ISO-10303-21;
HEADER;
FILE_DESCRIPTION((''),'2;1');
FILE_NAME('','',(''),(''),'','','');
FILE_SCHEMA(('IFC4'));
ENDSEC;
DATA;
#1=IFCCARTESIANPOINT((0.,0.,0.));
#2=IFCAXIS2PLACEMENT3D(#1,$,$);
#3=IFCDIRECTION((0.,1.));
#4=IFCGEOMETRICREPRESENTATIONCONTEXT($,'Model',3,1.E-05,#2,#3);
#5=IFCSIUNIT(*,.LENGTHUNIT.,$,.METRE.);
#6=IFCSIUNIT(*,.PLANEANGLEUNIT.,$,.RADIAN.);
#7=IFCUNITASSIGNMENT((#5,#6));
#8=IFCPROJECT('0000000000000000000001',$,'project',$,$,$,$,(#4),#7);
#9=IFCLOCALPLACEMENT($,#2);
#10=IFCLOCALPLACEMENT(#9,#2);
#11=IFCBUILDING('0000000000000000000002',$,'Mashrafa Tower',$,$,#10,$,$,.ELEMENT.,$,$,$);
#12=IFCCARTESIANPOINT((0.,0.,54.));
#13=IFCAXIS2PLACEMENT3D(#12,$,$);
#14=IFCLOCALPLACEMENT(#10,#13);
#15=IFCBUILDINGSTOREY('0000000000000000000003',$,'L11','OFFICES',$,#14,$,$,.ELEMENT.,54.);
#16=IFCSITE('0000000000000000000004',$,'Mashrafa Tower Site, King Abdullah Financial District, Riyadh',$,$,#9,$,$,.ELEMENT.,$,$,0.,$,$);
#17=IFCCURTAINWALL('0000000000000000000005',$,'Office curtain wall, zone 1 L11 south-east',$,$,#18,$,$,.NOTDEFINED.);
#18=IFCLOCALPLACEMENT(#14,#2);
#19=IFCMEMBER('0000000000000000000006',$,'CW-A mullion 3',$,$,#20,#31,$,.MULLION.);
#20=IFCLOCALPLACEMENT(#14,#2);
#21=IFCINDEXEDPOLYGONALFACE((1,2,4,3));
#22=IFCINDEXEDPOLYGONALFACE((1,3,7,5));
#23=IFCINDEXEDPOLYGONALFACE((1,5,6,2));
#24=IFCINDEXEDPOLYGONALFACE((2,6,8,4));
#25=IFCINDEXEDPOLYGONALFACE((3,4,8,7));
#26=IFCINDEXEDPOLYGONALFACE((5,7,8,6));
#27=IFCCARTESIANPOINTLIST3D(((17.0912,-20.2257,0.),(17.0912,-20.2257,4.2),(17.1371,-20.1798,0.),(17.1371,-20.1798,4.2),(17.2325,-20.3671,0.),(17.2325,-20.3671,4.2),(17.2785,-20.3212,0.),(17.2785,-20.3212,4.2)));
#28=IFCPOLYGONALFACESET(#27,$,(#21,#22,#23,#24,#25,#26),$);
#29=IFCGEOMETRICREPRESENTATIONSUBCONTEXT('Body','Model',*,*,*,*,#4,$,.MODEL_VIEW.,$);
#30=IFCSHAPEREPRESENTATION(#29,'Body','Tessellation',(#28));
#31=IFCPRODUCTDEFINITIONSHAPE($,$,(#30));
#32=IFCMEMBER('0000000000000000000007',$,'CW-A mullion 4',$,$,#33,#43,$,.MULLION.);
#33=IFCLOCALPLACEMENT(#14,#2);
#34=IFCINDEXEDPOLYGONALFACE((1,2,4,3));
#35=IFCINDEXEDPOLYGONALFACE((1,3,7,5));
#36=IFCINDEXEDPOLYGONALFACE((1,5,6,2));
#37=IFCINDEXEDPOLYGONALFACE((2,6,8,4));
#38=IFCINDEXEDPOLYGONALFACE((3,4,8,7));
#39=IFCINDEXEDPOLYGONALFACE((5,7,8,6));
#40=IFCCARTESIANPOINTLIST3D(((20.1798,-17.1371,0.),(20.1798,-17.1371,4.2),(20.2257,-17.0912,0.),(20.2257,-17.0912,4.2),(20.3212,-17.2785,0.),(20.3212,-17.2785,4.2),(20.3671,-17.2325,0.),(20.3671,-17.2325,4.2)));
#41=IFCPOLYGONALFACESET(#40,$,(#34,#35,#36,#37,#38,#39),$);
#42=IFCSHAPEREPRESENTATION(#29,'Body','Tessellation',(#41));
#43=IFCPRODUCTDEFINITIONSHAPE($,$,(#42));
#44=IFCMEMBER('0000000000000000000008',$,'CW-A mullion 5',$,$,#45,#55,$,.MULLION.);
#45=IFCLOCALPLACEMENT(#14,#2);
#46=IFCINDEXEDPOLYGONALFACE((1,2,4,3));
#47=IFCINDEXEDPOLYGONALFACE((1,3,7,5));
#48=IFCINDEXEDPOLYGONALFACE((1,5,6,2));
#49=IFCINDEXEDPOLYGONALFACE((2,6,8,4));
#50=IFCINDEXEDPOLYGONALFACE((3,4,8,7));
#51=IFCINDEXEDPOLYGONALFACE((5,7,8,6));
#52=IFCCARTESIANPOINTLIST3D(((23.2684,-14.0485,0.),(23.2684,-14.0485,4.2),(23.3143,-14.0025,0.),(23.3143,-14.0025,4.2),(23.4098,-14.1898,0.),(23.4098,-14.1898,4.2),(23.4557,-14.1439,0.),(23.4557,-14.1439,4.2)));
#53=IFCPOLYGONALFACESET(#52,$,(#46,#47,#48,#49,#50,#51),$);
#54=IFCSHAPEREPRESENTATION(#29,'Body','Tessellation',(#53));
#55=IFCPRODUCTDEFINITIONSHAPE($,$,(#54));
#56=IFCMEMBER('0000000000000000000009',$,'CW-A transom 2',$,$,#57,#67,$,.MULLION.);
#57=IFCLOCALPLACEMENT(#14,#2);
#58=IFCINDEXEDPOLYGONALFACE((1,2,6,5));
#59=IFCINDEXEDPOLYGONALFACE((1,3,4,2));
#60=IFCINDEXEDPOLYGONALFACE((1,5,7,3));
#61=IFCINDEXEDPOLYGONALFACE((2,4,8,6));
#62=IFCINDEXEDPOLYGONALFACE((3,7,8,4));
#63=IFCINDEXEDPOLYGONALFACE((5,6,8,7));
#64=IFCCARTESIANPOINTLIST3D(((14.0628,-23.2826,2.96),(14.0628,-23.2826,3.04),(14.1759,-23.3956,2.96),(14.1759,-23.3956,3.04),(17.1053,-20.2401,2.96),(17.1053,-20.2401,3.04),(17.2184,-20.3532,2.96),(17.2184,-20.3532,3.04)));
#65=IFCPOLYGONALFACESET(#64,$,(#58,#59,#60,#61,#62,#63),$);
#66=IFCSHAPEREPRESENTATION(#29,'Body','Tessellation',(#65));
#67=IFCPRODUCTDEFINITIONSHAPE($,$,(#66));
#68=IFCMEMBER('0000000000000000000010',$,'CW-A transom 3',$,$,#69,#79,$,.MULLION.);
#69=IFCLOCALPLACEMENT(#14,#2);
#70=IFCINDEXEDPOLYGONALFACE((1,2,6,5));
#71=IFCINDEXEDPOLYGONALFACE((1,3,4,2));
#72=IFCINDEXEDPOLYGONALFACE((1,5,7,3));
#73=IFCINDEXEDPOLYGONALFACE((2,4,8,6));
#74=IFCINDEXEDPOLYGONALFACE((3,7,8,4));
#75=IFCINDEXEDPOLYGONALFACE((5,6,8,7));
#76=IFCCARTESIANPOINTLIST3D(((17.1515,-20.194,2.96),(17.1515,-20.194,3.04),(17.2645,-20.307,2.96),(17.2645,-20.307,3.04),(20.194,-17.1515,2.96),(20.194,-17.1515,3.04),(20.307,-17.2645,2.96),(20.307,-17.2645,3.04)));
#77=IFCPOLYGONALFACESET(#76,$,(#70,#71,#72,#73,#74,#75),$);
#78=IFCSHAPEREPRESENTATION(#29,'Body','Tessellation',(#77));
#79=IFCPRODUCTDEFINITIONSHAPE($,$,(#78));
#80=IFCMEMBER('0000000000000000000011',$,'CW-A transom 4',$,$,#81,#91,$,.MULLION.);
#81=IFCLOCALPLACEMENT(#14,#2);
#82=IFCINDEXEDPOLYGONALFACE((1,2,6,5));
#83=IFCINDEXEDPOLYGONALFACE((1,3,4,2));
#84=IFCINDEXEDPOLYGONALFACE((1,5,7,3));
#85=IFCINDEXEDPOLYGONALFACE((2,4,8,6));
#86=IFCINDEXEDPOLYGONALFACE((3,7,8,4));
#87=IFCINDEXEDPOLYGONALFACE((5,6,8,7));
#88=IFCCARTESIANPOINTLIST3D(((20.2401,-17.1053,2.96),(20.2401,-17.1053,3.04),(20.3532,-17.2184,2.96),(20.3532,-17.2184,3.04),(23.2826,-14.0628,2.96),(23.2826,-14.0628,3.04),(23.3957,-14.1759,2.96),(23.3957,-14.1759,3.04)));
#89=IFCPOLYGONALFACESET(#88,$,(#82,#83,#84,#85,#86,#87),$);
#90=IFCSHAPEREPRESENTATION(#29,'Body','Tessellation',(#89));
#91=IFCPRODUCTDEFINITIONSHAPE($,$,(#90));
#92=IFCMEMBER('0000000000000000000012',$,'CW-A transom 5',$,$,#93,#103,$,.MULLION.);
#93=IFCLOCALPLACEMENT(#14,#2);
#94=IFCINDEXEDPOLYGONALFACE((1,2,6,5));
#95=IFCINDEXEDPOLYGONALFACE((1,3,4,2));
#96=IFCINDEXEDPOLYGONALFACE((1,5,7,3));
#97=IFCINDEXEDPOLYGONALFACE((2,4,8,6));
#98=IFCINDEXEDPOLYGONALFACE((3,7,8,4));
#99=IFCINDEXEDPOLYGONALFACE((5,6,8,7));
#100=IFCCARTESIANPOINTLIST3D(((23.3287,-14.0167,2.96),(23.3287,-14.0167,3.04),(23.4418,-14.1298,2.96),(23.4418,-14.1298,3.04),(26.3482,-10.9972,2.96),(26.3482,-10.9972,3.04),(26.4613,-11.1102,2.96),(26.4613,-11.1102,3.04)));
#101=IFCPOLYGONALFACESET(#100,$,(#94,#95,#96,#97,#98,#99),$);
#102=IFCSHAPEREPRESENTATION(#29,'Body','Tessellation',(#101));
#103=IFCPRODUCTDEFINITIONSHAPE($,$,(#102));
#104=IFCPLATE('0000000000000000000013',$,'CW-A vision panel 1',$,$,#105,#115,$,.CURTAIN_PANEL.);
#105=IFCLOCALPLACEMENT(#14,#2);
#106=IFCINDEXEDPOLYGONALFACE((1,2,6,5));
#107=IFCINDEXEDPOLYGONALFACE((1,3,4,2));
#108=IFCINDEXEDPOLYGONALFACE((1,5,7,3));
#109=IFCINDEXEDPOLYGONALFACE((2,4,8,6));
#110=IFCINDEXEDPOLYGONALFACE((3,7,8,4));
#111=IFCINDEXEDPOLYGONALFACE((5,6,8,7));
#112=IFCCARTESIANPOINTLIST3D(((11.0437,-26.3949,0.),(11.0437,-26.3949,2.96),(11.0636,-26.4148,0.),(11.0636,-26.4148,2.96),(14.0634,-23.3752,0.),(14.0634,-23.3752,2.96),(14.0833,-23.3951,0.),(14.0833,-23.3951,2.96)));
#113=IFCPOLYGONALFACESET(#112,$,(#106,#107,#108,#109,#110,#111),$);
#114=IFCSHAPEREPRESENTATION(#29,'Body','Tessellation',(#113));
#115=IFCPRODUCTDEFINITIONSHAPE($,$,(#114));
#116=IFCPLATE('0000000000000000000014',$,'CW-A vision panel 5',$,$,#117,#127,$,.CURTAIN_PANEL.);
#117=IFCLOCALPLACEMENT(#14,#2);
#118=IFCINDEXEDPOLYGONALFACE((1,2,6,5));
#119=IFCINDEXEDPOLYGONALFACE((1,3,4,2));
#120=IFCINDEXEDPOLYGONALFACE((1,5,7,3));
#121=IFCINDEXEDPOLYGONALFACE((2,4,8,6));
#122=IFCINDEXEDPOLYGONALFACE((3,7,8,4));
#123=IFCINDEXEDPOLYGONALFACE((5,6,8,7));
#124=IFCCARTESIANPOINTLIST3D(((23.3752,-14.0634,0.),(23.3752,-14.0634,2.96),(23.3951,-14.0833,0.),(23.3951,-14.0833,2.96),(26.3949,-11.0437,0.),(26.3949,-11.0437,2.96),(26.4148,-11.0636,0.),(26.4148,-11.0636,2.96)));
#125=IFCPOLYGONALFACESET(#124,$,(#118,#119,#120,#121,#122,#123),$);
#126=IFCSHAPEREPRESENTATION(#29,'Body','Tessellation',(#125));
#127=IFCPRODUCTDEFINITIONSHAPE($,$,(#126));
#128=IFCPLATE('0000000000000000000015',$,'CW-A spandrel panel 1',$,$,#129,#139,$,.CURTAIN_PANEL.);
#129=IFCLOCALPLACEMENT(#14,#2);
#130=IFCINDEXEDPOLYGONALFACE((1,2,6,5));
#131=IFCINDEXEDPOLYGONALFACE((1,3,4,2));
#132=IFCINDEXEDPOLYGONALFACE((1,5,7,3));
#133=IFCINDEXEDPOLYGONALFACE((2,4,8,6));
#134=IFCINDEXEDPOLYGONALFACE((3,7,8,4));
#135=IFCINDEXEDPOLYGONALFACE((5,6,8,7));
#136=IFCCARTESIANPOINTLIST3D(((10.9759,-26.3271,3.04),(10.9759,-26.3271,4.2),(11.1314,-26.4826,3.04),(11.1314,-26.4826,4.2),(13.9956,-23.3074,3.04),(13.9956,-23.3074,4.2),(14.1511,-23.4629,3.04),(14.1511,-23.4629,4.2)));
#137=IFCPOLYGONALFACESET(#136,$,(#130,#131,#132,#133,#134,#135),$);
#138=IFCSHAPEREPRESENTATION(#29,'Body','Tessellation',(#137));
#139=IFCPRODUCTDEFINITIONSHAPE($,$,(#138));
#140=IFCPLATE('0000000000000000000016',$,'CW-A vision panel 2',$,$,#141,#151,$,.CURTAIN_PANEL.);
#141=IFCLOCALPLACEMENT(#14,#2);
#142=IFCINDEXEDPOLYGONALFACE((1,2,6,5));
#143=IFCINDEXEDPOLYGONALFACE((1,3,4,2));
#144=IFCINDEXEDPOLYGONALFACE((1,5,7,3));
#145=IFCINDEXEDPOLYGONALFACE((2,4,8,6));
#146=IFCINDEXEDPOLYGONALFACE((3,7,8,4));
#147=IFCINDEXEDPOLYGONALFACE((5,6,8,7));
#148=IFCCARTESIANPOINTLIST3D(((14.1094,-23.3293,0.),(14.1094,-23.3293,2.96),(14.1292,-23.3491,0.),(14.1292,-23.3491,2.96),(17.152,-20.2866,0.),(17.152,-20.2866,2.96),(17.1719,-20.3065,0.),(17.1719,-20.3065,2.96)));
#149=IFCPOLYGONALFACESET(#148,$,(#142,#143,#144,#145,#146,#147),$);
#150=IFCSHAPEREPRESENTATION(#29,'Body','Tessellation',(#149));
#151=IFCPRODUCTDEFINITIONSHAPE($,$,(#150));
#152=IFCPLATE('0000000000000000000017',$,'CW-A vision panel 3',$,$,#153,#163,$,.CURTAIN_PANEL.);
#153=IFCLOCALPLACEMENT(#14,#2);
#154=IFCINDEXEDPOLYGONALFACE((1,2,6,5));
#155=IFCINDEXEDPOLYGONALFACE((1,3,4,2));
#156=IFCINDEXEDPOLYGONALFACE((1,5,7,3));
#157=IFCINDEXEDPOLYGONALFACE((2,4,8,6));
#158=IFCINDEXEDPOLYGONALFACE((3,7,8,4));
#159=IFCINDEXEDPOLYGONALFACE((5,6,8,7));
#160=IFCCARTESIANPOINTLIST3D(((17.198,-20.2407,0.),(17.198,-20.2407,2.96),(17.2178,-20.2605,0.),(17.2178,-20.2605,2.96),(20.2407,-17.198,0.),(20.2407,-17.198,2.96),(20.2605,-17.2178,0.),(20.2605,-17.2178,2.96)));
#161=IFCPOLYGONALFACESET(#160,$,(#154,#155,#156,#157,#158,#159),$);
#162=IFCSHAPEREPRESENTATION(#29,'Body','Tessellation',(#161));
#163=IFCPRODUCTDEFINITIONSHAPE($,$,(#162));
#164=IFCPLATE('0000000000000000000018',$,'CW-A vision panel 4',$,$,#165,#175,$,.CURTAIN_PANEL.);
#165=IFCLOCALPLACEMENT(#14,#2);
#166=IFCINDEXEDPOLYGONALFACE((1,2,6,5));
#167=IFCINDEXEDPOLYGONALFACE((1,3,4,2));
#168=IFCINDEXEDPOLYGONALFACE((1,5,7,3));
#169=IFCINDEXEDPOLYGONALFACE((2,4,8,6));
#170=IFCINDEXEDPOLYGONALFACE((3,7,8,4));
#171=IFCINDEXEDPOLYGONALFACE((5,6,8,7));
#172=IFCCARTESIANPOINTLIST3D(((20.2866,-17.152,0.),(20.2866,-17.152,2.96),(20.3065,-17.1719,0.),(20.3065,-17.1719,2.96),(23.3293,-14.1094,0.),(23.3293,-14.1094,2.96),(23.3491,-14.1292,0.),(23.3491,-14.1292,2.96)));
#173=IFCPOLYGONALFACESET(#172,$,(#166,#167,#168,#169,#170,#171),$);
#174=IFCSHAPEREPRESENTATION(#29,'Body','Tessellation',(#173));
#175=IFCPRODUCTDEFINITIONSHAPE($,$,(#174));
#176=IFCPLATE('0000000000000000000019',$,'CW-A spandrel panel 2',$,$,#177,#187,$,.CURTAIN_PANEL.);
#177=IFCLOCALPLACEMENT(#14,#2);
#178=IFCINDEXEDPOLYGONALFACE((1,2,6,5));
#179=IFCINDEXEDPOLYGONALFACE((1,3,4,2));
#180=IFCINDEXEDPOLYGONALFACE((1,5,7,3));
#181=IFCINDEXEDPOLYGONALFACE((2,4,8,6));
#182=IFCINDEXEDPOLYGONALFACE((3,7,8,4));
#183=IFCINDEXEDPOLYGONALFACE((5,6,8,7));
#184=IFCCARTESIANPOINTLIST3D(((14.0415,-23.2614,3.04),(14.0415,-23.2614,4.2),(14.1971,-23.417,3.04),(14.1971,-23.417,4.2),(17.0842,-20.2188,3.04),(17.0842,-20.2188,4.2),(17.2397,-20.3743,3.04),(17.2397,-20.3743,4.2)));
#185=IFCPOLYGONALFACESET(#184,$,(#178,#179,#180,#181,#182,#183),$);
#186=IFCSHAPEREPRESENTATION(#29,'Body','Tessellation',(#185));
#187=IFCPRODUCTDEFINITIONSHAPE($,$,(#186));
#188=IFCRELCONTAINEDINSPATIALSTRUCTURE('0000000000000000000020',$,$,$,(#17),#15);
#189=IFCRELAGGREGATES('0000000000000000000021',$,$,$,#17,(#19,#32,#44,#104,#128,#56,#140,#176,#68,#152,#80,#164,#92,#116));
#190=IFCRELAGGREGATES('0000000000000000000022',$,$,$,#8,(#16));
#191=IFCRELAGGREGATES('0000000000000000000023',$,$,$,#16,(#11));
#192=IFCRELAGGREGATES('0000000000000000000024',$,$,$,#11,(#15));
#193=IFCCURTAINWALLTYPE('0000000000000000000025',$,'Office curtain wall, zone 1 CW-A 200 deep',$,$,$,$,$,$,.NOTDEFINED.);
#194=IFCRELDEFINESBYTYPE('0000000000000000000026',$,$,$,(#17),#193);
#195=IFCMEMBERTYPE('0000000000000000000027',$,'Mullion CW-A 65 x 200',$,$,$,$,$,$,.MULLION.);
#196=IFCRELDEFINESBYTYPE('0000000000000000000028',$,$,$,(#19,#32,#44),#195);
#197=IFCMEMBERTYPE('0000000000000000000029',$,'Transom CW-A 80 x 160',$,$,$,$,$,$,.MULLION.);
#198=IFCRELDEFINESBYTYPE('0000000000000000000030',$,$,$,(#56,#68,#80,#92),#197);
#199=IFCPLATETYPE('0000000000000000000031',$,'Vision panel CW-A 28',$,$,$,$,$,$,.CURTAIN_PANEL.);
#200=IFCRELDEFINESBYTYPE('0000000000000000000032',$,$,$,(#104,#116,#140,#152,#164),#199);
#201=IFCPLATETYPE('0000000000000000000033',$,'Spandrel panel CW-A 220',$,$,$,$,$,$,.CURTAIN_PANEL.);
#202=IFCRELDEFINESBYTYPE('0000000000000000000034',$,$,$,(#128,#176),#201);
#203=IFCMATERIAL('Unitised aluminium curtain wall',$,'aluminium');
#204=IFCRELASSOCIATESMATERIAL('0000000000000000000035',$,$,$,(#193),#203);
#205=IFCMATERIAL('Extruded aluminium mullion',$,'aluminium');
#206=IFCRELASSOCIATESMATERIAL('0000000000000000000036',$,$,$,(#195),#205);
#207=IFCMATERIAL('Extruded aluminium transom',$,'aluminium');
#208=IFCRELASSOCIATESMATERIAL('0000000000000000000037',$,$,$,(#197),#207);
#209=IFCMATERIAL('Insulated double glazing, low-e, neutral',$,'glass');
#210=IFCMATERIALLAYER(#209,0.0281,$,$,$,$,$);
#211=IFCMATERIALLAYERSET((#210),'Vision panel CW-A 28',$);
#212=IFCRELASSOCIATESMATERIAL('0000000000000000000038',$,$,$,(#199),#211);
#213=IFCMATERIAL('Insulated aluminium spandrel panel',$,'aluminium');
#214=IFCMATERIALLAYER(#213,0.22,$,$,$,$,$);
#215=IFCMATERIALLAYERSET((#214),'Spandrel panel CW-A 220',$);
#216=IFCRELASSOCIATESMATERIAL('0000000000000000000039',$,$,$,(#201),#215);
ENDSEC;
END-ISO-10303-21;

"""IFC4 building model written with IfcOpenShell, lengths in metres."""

from ifc_helpers import new_model, si_unit, direction, frame, origin, origin_2d, place, context, subcontext, project, spatial, rectangle, extrude, source, transform, mapped, material, layer, layer_set, material_profile, profile_set, type_object, type_shapes, element, aggregate, save


model = new_model("IFC4")

# Units and contexts
model_context = context("Model", 3, precision=1e-05, world=origin(), true_north=direction((0.0, 1.0)))
body_context = subcontext(model_context, "Body", "Model", "MODEL_VIEW")
ifc_project = project(units=[si_unit("LENGTHUNIT", "METRE"), si_unit("PLANEANGLEUNIT", "RADIAN")], contexts=[model_context])

# Site, building, storey
site_placement = place(None, origin())
site = spatial("IfcSite", under=ifc_project, at=site_placement, Name="Mashrafa Tower Site, King Abdullah Financial District, Riyadh", CompositionType="ELEMENT", RefElevation=0.0)
building_placement = place(site_placement, origin())
building = spatial("IfcBuilding", under=site, at=building_placement, Name="Mashrafa Tower", CompositionType="ELEMENT")
storey_placement = place(building_placement, frame((0.0, 0.0, 54.0)))
storey = spatial("IfcBuildingStorey", under=building, at=storey_placement, Name="L11", Description="OFFICES", CompositionType="ELEMENT", Elevation=54.0)

# Curtain wall, members, plates
ifc_material_1 = material(Name="Unitised aluminium curtain wall", Category="aluminium")
curtain_wall_type = type_object("IfcCurtainWallType", Name="Office curtain wall, zone 1 CW-A 200 deep", PredefinedType="NOTDEFINED", material=ifc_material_1)
curtain_wall_placement = place(storey_placement, origin())
curtain_wall = element("IfcCurtainWall", 1, at=curtain_wall_placement, inside=storey, type_object=curtain_wall_type, Name="Office curtain wall, zone 1 L11 south-east", PredefinedType="NOTDEFINED")
ifc_material_2 = material(Name="Extruded aluminium mullion", Category="aluminium")
ifc_material_profile_1 = material_profile(ifc_material_2, rectangle(XDim=0.2, YDim=0.0649, at=origin_2d()), Name="Mullion 65x200")
ifc_profile_set_1 = profile_set([ifc_material_profile_1], Name="Extruded aluminium mullion")
member_type_1 = type_object("IfcMemberType", Name="Mullion CW-A 65 x 200", PredefinedType="MULLION", material=ifc_profile_set_1)
shared_shape_1 = source(origin(), body_context, "Body", "SweptSolid", [
    extrude(rectangle(XDim=0.2, YDim=0.0649, at=origin_2d()), origin(), (0.0, 0.0, 1.0), 4.2),
])
type_shapes(member_type_1, [shared_shape_1])
member_1_placement = place(storey_placement, frame((17.1848, -20.2734, 0.0), z_axis=(0.0, 0.0, 1.0), x_axis=(-0.707107, 0.707107, 0.0)))
member_1 = element("IfcMember", 2, at=member_1_placement, type_object=member_type_1, Name="CW-A mullion 3", PredefinedType="MULLION", context=body_context, shape_type="MappedRepresentation", body=[
    mapped(shared_shape_1, transform((0.0, 0.0, 0.0))),
])
member_2_placement = place(storey_placement, frame((20.2734, -17.1848, 0.0), z_axis=(0.0, 0.0, 1.0), x_axis=(-0.707107, 0.707107, 0.0)))
member_2 = element("IfcMember", 3, at=member_2_placement, type_object=member_type_1, Name="CW-A mullion 4", PredefinedType="MULLION", context=body_context, shape_type="MappedRepresentation", body=[
    mapped(shared_shape_1, transform((0.0, 0.0, 0.0))),
])
member_3_placement = place(storey_placement, frame((23.3621, -14.0962, 0.0), z_axis=(0.0, 0.0, 1.0), x_axis=(-0.707107, 0.707107, 0.0)))
member_3 = element("IfcMember", 4, at=member_3_placement, type_object=member_type_1, Name="CW-A mullion 5", PredefinedType="MULLION", context=body_context, shape_type="MappedRepresentation", body=[
    mapped(shared_shape_1, transform((0.0, 0.0, 0.0))),
])
ifc_material_3 = material(Name="Extruded aluminium transom", Category="aluminium")
ifc_material_profile_2 = material_profile(ifc_material_3, rectangle(XDim=0.1599, YDim=0.0801, at=origin_2d()), Name="Transom 80x160")
ifc_profile_set_2 = profile_set([ifc_material_profile_2], Name="Extruded aluminium transom")
member_type_2 = type_object("IfcMemberType", Name="Transom CW-A 80 x 160", PredefinedType="MULLION", material=ifc_profile_set_2)
shared_shape_2 = source(origin(), body_context, "Body", "SweptSolid", [
    extrude(rectangle(XDim=0.1599, YDim=0.0801, at=origin_2d()), origin(), (0.0, 0.0, 1.0), 4.3027),
])
member_4_placement = place(storey_placement, frame((14.1194, -23.3391, 3.0), z_axis=(0.707107, 0.707107, 0.0), x_axis=(-0.707107, 0.707107, 0.0)))
member_4 = element("IfcMember", 5, at=member_4_placement, type_object=member_type_2, Name="CW-A transom 2", PredefinedType="MULLION", context=body_context, shape_type="MappedRepresentation", body=[
    mapped(shared_shape_2, transform((0.0, 0.0, 0.0))),
])
member_5_placement = place(storey_placement, frame((17.208, -20.2505, 3.0), z_axis=(0.707107, 0.707107, 0.0), x_axis=(-0.707107, 0.707107, 0.0)))
member_5 = element("IfcMember", 6, at=member_5_placement, type_object=member_type_2, Name="CW-A transom 3", PredefinedType="MULLION", context=body_context, shape_type="MappedRepresentation", body=[
    mapped(shared_shape_2, transform((0.0, 0.0, 0.0))),
])
member_6_placement = place(storey_placement, frame((20.2966, -17.1619, 3.0), z_axis=(0.707107, 0.707107, 0.0), x_axis=(-0.707107, 0.707107, 0.0)))
member_6 = element("IfcMember", 7, at=member_6_placement, type_object=member_type_2, Name="CW-A transom 4", PredefinedType="MULLION", context=body_context, shape_type="MappedRepresentation", body=[
    mapped(shared_shape_2, transform((0.0, 0.0, 0.0))),
])
shared_shape_3 = source(origin(), body_context, "Body", "SweptSolid", [
    extrude(rectangle(XDim=0.1599, YDim=0.0801, at=origin_2d()), origin(), (0.0, 0.0, 1.0), 4.2703),
])
type_shapes(member_type_2, [shared_shape_2, shared_shape_3])
member_7_placement = place(storey_placement, frame((23.3853, -14.0732, 3.0), z_axis=(0.707107, 0.707107, 0.0), x_axis=(-0.707107, 0.707107, 0.0)))
member_7 = element("IfcMember", 8, at=member_7_placement, type_object=member_type_2, Name="CW-A transom 5", PredefinedType="MULLION", context=body_context, shape_type="MappedRepresentation", body=[
    mapped(shared_shape_3, transform((0.0, 0.0, 0.0))),
])
ifc_material_4 = material(Name="Insulated double glazing, low-e, neutral", Category="glass")
ifc_layer_1 = layer(ifc_material_4, 0.0281)
ifc_layer_set_1 = layer_set([ifc_layer_1], Name="Vision panel CW-A 28")
plate_type_1 = type_object("IfcPlateType", Name="Vision panel CW-A 28", PredefinedType="CURTAIN_PANEL", material=ifc_layer_set_1)
shared_shape_4 = source(origin(), body_context, "Body", "SweptSolid", [
    extrude(rectangle(XDim=4.2705, YDim=0.0281, at=origin_2d()), origin(), (0.0, 0.0, 1.0), 2.96),
])
plate_1_placement = place(storey_placement, frame((12.5635, -24.895, 0.0), z_axis=(0.0, 0.0, 1.0), x_axis=(0.707107, 0.707107, 0.0)))
plate_1 = element("IfcPlate", 9, at=plate_1_placement, type_object=plate_type_1, Name="CW-A vision panel 1", PredefinedType="CURTAIN_PANEL", context=body_context, shape_type="MappedRepresentation", body=[
    mapped(shared_shape_4, transform((0.0, 0.0, 0.0))),
])
plate_2_placement = place(storey_placement, frame((24.895, -12.5635, 0.0), z_axis=(0.0, 0.0, 1.0), x_axis=(0.707107, 0.707107, 0.0)))
plate_2 = element("IfcPlate", 10, at=plate_2_placement, type_object=plate_type_1, Name="CW-A vision panel 5", PredefinedType="CURTAIN_PANEL", context=body_context, shape_type="MappedRepresentation", body=[
    mapped(shared_shape_4, transform((0.0, 0.0, 0.0))),
])
ifc_material_5 = material(Name="Insulated aluminium spandrel panel", Category="aluminium")
ifc_layer_2 = layer(ifc_material_5, 0.22)
ifc_layer_set_2 = layer_set([ifc_layer_2], Name="Spandrel panel CW-A 220")
plate_type_2 = type_object("IfcPlateType", Name="Spandrel panel CW-A 220", PredefinedType="CURTAIN_PANEL", material=ifc_layer_set_2)
shared_shape_5 = source(origin(), body_context, "Body", "SweptSolid", [
    extrude(rectangle(XDim=4.2705, YDim=0.22, at=origin_2d()), origin(), (0.0, 0.0, 1.0), 1.1599),
])
plate_3_placement = place(storey_placement, frame((12.5635, -24.895, 3.04), z_axis=(0.0, 0.0, 1.0), x_axis=(0.707107, 0.707107, 0.0)))
plate_3 = element("IfcPlate", 11, at=plate_3_placement, type_object=plate_type_2, Name="CW-A spandrel panel 1", PredefinedType="CURTAIN_PANEL", context=body_context, shape_type="MappedRepresentation", body=[
    mapped(shared_shape_5, transform((0.0, 0.0, 0.0))),
])
shared_shape_6 = source(origin(), body_context, "Body", "SweptSolid", [
    extrude(rectangle(XDim=4.303, YDim=0.0281, at=origin_2d()), origin(), (0.0, 0.0, 1.0), 2.96),
])
type_shapes(plate_type_1, [shared_shape_4, shared_shape_6])
plate_4_placement = place(storey_placement, frame((15.6406, -21.8179, 0.0), z_axis=(0.0, 0.0, 1.0), x_axis=(0.707107, 0.707107, 0.0)))
plate_4 = element("IfcPlate", 12, at=plate_4_placement, type_object=plate_type_1, Name="CW-A vision panel 2", PredefinedType="CURTAIN_PANEL", context=body_context, shape_type="MappedRepresentation", body=[
    mapped(shared_shape_6, transform((0.0, 0.0, 0.0))),
])
plate_5_placement = place(storey_placement, frame((18.7292, -18.7292, 0.0), z_axis=(0.0, 0.0, 1.0), x_axis=(0.707107, 0.707107, 0.0)))
plate_5 = element("IfcPlate", 13, at=plate_5_placement, type_object=plate_type_1, Name="CW-A vision panel 3", PredefinedType="CURTAIN_PANEL", context=body_context, shape_type="MappedRepresentation", body=[
    mapped(shared_shape_6, transform((0.0, 0.0, 0.0))),
])
plate_6_placement = place(storey_placement, frame((21.8179, -15.6406, 0.0), z_axis=(0.0, 0.0, 1.0), x_axis=(0.707107, 0.707107, 0.0)))
plate_6 = element("IfcPlate", 14, at=plate_6_placement, type_object=plate_type_1, Name="CW-A vision panel 4", PredefinedType="CURTAIN_PANEL", context=body_context, shape_type="MappedRepresentation", body=[
    mapped(shared_shape_6, transform((0.0, 0.0, 0.0))),
])
shared_shape_7 = source(origin(), body_context, "Body", "SweptSolid", [
    extrude(rectangle(XDim=4.303, YDim=0.22, at=origin_2d()), origin(), (0.0, 0.0, 1.0), 1.1599),
])
type_shapes(plate_type_2, [shared_shape_5, shared_shape_7])
plate_7_placement = place(storey_placement, frame((15.6406, -21.8179, 3.04), z_axis=(0.0, 0.0, 1.0), x_axis=(0.707107, 0.707107, 0.0)))
plate_7 = element("IfcPlate", 15, at=plate_7_placement, type_object=plate_type_2, Name="CW-A spandrel panel 2", PredefinedType="CURTAIN_PANEL", context=body_context, shape_type="MappedRepresentation", body=[
    mapped(shared_shape_7, transform((0.0, 0.0, 0.0))),
])
aggregate(curtain_wall, [member_1, member_2, member_3, plate_1, plate_3, member_4, plate_4, plate_7, member_5, plate_5, member_6, plate_6, member_7, plate_2])

save(model, "model.ifc")
